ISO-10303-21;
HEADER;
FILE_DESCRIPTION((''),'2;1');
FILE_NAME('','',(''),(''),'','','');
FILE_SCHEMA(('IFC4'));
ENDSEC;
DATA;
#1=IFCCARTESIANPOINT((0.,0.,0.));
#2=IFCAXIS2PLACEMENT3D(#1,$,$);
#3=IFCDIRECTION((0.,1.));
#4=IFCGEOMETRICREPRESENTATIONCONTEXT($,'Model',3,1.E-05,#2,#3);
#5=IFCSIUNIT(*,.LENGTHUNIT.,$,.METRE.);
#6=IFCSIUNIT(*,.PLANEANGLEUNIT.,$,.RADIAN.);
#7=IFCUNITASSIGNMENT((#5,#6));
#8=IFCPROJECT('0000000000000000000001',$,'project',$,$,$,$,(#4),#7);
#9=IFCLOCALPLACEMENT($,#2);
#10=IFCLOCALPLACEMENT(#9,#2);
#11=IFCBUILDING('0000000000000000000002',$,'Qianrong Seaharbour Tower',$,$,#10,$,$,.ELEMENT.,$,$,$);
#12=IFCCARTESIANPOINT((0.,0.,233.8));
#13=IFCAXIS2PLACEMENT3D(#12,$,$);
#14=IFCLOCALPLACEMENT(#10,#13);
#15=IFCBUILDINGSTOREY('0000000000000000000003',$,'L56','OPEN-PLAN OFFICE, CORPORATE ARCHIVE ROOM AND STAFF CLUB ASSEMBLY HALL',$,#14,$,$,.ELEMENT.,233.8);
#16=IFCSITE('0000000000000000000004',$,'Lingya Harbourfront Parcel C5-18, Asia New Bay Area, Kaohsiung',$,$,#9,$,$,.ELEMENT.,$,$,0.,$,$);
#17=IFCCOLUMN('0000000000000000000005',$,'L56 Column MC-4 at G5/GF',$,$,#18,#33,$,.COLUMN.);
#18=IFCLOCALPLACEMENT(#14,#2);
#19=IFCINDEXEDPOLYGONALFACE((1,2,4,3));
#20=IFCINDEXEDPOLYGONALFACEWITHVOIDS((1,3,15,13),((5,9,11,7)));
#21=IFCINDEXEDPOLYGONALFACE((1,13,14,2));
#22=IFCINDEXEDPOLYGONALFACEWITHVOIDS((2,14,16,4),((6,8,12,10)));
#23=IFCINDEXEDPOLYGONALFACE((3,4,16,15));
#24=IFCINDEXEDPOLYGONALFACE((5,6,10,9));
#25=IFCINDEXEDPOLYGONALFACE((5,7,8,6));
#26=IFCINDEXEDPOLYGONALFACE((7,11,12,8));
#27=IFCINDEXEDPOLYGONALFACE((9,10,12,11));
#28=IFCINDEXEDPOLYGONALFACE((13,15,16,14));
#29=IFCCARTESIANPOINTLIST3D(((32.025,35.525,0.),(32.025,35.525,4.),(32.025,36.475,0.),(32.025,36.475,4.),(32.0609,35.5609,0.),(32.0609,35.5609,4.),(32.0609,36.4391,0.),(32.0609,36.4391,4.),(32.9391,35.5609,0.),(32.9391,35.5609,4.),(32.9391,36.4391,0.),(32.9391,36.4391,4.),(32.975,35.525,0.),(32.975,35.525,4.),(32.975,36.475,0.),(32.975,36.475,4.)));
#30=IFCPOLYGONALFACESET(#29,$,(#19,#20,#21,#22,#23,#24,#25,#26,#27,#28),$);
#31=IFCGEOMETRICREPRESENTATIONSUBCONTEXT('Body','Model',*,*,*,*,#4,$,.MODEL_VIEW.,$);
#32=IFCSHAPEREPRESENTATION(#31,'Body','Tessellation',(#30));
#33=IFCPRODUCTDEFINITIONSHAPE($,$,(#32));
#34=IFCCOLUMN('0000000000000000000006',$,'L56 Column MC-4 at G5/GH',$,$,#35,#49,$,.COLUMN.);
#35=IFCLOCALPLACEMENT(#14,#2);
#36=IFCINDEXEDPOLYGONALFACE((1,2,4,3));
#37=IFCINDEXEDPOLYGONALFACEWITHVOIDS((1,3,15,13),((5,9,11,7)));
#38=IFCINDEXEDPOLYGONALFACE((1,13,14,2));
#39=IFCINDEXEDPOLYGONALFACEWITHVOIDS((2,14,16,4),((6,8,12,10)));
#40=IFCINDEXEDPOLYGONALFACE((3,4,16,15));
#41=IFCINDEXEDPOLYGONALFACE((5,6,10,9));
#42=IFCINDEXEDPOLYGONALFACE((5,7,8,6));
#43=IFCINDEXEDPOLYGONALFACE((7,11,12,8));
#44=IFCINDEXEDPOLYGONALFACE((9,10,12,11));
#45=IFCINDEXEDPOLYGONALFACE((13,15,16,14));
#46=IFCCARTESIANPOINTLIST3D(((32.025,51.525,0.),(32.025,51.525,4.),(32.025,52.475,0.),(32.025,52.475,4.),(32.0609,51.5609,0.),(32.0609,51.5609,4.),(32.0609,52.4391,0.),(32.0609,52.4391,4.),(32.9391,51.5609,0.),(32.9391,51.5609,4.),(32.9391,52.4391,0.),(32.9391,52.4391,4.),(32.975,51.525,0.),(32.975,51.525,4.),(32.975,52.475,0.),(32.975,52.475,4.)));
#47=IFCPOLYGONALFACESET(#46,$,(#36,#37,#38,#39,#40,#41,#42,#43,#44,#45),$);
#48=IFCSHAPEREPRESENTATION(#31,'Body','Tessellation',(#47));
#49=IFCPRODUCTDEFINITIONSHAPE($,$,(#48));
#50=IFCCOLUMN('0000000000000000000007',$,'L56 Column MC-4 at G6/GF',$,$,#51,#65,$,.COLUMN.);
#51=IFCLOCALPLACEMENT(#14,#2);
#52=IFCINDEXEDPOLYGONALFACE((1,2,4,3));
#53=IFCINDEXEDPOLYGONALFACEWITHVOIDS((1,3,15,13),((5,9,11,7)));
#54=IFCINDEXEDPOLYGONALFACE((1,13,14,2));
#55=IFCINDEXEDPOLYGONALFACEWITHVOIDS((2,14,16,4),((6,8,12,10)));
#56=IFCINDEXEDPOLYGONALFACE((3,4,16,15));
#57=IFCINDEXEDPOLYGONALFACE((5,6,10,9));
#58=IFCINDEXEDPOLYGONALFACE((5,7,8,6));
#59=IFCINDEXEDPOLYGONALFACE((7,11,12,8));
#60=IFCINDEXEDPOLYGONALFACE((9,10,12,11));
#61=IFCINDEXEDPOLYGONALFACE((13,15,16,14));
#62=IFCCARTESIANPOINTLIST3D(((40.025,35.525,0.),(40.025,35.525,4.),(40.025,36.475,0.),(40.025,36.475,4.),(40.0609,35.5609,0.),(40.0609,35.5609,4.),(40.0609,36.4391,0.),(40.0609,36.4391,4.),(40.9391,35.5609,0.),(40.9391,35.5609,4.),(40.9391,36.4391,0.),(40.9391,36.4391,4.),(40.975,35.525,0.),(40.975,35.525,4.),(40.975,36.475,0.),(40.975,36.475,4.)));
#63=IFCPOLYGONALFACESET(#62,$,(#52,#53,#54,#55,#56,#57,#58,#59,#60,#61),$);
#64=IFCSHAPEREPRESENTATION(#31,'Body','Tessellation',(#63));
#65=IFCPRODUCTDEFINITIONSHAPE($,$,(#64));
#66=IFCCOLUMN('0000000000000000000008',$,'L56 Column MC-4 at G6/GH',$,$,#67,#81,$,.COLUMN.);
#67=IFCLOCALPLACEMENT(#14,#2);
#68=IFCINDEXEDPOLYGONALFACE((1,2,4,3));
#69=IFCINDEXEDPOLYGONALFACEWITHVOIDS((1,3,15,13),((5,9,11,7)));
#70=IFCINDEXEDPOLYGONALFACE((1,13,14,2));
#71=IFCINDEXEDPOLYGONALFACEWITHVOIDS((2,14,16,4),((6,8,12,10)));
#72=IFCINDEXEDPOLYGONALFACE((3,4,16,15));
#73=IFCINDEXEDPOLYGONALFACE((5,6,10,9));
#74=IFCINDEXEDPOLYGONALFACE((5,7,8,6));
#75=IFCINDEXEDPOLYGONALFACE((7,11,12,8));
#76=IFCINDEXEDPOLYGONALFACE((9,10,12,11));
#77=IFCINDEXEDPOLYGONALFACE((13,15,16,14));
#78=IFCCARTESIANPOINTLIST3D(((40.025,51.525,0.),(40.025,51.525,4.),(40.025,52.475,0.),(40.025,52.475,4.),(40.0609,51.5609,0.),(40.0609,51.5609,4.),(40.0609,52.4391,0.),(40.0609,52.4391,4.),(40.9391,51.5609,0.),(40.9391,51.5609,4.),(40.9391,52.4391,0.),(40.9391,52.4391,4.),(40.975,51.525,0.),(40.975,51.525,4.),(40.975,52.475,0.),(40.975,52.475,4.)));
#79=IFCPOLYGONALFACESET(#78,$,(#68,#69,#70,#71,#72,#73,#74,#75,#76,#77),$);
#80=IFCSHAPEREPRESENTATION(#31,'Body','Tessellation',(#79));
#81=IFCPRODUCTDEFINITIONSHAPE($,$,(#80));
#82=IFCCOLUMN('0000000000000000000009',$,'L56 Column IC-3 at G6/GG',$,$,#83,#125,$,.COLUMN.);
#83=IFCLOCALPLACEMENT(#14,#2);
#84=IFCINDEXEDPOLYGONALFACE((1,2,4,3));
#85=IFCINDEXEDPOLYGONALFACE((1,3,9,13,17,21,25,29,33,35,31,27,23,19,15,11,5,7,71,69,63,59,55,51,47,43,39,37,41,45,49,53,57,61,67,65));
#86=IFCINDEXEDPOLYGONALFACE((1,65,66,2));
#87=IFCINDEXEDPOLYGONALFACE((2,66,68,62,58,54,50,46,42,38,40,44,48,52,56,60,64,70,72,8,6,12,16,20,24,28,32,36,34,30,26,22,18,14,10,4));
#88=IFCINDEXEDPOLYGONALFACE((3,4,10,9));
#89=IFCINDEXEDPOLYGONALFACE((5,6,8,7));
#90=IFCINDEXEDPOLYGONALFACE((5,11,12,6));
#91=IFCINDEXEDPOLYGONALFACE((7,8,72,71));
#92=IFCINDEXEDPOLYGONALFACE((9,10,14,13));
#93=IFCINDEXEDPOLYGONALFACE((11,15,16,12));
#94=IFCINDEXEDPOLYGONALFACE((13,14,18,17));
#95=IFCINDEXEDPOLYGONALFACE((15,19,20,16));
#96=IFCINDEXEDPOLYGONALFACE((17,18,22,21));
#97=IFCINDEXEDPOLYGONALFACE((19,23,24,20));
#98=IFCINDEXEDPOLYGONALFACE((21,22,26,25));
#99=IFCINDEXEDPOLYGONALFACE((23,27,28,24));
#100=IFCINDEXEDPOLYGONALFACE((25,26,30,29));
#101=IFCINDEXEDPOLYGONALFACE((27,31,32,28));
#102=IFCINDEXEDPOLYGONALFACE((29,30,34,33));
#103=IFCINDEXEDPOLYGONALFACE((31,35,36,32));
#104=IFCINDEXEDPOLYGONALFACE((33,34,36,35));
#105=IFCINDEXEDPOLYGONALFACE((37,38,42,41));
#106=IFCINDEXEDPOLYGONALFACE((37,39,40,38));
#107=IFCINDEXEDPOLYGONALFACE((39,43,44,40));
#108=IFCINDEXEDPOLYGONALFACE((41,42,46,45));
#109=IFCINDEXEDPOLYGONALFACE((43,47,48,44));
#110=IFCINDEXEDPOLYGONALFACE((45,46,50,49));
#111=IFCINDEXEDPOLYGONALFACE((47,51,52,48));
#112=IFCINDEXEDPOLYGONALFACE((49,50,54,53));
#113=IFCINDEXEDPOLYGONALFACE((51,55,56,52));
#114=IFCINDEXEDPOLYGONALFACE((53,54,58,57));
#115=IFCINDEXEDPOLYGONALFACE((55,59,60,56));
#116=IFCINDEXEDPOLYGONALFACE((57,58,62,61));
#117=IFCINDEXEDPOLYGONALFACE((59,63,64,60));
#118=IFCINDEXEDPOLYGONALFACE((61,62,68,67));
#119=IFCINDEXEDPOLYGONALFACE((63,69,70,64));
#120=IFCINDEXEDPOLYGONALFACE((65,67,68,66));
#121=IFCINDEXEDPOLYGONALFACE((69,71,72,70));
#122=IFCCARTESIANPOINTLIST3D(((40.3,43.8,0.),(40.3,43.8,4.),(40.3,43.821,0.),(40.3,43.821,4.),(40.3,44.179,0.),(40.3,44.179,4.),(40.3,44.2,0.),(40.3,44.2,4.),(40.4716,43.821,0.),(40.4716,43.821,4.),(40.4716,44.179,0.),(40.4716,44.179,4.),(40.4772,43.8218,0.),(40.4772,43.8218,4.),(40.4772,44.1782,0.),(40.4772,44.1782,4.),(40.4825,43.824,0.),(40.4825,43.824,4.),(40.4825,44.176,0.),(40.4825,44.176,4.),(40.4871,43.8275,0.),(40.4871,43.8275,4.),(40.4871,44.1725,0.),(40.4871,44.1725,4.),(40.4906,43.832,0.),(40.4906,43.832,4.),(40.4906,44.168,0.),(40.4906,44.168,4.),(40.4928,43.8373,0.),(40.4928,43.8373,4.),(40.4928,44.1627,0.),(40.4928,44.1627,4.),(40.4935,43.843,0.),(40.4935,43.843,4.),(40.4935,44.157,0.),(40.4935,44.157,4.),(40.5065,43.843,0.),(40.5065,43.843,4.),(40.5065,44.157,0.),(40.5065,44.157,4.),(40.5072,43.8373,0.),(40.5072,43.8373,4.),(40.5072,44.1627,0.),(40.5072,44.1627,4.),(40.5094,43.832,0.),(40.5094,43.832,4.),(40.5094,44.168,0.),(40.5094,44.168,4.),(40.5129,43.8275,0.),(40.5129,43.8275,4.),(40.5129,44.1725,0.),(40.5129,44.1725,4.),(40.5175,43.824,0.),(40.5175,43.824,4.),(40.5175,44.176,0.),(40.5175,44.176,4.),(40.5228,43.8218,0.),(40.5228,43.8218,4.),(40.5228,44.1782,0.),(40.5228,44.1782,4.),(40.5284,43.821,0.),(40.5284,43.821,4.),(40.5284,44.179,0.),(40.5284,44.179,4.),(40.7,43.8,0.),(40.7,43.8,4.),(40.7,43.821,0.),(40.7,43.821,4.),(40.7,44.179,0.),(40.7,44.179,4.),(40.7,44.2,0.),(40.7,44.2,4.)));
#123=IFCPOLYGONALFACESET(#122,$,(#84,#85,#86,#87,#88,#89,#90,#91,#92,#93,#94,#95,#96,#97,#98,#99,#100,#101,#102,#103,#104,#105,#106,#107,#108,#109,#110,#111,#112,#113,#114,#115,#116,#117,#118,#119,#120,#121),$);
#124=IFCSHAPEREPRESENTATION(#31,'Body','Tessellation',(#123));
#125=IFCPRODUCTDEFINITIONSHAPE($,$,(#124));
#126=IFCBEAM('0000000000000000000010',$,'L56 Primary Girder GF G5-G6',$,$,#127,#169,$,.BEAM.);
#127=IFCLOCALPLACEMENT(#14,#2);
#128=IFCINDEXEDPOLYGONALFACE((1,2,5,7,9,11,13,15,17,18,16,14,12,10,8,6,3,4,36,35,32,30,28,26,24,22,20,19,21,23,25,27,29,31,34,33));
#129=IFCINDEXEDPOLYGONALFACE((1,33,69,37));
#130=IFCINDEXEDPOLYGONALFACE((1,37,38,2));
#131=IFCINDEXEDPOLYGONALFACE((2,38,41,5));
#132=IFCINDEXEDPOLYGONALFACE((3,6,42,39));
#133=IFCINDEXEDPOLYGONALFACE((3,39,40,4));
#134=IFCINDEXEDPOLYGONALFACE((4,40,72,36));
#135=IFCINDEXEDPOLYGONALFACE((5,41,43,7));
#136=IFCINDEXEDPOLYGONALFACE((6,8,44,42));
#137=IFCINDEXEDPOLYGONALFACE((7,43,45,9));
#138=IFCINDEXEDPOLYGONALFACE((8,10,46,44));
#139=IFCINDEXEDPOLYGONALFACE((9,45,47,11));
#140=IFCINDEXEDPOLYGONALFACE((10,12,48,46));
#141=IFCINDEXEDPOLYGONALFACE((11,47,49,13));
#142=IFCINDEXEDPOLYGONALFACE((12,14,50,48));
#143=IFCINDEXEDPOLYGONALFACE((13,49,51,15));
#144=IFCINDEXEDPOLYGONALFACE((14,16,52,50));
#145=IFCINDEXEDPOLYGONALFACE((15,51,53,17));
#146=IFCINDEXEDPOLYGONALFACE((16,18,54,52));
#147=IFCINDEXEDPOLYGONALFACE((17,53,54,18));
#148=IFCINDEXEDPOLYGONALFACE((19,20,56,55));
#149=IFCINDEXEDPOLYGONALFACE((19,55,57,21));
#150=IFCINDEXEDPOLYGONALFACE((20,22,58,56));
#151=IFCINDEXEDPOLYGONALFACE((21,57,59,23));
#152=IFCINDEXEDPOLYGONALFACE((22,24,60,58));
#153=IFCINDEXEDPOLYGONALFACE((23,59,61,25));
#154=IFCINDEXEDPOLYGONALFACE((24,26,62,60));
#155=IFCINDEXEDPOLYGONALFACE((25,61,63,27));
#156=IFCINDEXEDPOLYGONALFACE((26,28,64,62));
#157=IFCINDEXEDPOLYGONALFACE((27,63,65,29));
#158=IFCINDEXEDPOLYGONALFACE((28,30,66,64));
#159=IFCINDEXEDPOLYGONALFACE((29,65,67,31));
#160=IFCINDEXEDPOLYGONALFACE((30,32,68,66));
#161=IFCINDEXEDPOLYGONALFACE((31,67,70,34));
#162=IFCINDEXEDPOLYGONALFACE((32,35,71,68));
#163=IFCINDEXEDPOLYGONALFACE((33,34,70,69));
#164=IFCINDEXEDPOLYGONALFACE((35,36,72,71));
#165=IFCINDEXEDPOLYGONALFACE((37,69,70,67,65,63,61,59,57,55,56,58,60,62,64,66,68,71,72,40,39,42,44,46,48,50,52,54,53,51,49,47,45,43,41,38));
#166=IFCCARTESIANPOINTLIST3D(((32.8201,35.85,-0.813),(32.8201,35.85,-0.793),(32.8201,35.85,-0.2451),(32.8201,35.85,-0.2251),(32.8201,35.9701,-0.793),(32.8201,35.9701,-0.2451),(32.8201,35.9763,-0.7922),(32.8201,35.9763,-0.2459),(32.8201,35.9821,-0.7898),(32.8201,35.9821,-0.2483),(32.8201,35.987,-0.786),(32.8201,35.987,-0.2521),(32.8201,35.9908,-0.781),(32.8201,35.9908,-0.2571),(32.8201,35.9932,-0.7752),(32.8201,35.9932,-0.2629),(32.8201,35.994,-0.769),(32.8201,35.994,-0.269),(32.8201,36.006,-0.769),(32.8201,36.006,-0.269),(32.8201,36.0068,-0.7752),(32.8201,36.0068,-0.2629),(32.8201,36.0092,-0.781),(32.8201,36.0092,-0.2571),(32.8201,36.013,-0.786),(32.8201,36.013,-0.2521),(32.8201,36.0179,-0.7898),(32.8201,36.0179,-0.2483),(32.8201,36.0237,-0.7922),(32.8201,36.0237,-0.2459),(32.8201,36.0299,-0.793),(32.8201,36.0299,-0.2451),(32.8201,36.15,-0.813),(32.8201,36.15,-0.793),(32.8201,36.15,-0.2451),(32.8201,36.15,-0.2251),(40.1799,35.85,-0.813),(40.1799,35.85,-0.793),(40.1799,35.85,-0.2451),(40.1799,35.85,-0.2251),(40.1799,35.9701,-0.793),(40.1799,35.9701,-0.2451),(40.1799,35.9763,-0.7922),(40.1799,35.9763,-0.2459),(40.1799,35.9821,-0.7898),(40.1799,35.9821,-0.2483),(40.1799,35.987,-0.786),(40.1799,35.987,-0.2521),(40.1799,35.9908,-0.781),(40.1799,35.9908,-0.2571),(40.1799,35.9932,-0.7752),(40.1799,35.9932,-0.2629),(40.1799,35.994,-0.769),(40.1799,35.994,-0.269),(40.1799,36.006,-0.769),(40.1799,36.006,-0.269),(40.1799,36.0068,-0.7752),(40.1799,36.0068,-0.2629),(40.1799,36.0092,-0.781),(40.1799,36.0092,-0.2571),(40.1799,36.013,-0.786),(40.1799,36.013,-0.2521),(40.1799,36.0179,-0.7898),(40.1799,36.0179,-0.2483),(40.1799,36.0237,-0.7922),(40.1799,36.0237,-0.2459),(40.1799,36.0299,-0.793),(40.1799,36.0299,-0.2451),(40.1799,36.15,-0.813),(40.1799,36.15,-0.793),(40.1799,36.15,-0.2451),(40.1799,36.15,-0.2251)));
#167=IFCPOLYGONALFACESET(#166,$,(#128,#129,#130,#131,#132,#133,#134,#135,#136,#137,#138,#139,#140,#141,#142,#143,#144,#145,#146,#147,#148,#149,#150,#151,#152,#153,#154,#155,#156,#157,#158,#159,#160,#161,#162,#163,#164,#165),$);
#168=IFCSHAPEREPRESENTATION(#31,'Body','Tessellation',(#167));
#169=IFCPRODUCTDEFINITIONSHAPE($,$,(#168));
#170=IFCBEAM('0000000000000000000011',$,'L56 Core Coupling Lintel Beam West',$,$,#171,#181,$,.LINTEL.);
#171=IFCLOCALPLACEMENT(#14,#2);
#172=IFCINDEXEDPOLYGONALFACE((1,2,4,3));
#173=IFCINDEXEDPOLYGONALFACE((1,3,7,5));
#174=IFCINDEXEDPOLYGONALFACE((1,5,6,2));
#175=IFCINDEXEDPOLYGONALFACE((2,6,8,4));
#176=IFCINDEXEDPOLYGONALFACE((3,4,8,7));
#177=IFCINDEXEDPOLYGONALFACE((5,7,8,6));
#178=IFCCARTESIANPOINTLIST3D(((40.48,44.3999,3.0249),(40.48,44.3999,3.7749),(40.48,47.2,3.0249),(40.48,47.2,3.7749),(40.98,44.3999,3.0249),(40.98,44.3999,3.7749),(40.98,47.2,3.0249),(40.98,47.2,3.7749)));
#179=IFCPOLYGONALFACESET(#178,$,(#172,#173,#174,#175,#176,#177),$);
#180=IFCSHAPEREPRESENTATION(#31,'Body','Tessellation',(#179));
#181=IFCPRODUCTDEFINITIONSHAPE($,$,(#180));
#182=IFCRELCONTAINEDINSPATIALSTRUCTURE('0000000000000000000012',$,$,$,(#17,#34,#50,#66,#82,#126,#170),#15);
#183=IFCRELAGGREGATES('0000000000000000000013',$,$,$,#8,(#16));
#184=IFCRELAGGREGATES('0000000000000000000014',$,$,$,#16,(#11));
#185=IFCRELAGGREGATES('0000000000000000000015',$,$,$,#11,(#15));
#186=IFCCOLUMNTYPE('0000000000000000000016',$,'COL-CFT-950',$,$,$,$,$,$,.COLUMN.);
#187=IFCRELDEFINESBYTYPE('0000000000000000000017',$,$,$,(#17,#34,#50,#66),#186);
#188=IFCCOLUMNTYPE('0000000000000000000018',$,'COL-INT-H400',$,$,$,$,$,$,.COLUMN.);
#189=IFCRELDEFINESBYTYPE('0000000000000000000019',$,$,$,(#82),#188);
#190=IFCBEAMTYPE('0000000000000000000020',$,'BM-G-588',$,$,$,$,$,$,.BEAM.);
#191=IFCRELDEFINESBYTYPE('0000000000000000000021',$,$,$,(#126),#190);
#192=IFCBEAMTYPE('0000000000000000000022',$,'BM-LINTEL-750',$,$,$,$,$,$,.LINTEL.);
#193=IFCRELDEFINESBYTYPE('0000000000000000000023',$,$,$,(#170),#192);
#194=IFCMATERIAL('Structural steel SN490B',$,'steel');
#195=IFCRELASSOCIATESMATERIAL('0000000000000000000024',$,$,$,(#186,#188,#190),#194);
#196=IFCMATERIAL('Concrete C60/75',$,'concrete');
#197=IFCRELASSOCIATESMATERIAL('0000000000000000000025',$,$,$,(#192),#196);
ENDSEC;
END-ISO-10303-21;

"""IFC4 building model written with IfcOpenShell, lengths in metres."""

from ifc_helpers import new_model, si_unit, direction, frame, origin, origin_2d, place, context, subcontext, project, spatial, rectangle, hollow_rectangle, i_section, extrude, material, material_profile, profile_set, type_object, element, save


model = new_model("IFC4")

# Units and contexts
model_context = context("Model", 3, precision=1e-05, world=origin(), true_north=direction((0.0, 1.0)))
body_context = subcontext(model_context, "Body", "Model", "MODEL_VIEW")
ifc_project = project(units=[si_unit("LENGTHUNIT", "METRE"), si_unit("PLANEANGLEUNIT", "RADIAN")], contexts=[model_context])

# Site, building, storey
site_placement = place(None, origin())
site = spatial("IfcSite", under=ifc_project, at=site_placement, Name="Lingya Harbourfront Parcel C5-18, Asia New Bay Area, Kaohsiung", CompositionType="ELEMENT", RefElevation=0.0)
building_placement = place(site_placement, origin())
building = spatial("IfcBuilding", under=site, at=building_placement, Name="Qianrong Seaharbour Tower", CompositionType="ELEMENT")
storey_placement = place(building_placement, frame((0.0, 0.0, 233.8)))
storey = spatial("IfcBuildingStorey", under=building, at=storey_placement, Name="L56", Description="OPEN-PLAN OFFICE, CORPORATE ARCHIVE ROOM AND STAFF CLUB ASSEMBLY HALL", CompositionType="ELEMENT", Elevation=233.8)

# Columns
ifc_material_1 = material(Name="Structural steel SN490B", Category="steel")
ifc_material_profile_1 = material_profile(ifc_material_1, hollow_rectangle(XDim=0.95, YDim=0.95, WallThickness=0.0359, at=origin_2d()), Name="BOX950x950x36")
ifc_profile_set_1 = profile_set([ifc_material_profile_1], Name="Structural steel SN490B")
column_type_1 = type_object("IfcColumnType", Name="COL-CFT-950", PredefinedType="COLUMN", material=ifc_profile_set_1)
for number, where, z_axis, x_axis, name in (
    (1, (32.5, 36.0, 0.0), (0.0, 0.0, 1.0), (1.0, 0.0, 0.0), "L56 Column MC-4 at G5/GF"),
    (2, (32.5, 52.0, 0.0), (0.0, 0.0, 1.0), (1.0, 0.0, 0.0), "L56 Column MC-4 at G5/GH"),
    (3, (40.5, 36.0, 0.0), (0.0, 0.0, 1.0), (1.0, 0.0, 0.0), "L56 Column MC-4 at G6/GF"),
    (4, (40.5, 52.0, 0.0), (0.0, 0.0, 1.0), (1.0, 0.0, 0.0), "L56 Column MC-4 at G6/GH"),
):
    element("IfcColumn", number, at=place(storey_placement, frame(where, z_axis=z_axis, x_axis=x_axis)), inside=storey, type_object=column_type_1, Name=name, PredefinedType="COLUMN", context=body_context, shape_type="SweptSolid", body=[
        extrude(hollow_rectangle(XDim=0.95, YDim=0.95, WallThickness=0.0359, at=origin_2d()), origin(), (0.0, 0.0, 1.0), 4.0),
    ])
ifc_material_profile_2 = material_profile(ifc_material_1, i_section(OverallWidth=0.3999, OverallDepth=0.3999, WebThickness=0.0129, FlangeThickness=0.021, FilletRadius=0.022, at=origin_2d()), Name="H400x400x13x21")
ifc_profile_set_2 = profile_set([ifc_material_profile_2], Name="Structural steel SN490B")
column_type_2 = type_object("IfcColumnType", Name="COL-INT-H400", PredefinedType="COLUMN", material=ifc_profile_set_2)
column_placement = place(storey_placement, frame((40.5, 44.0, 0.0), z_axis=(0.0, 0.0, 1.0), x_axis=(1.0, 0.0, 0.0)))
element("IfcColumn", 5, at=column_placement, inside=storey, type_object=column_type_2, Name="L56 Column IC-3 at G6/GG", PredefinedType="COLUMN", context=body_context, shape_type="SweptSolid", body=[
    extrude(i_section(OverallWidth=0.3999, OverallDepth=0.3999, WebThickness=0.0129, FlangeThickness=0.021, FilletRadius=0.022, at=origin_2d()), origin(), (0.0, 0.0, 1.0), 4.0),
])

# Beams
ifc_material_profile_3 = material_profile(ifc_material_1, i_section(OverallWidth=0.3, OverallDepth=0.5879, WebThickness=0.012, FlangeThickness=0.02, FilletRadius=0.0239, at=origin_2d()), Name="H588x300x12x20")
ifc_profile_set_3 = profile_set([ifc_material_profile_3], Name="Structural steel SN490B")
beam_type_1 = type_object("IfcBeamType", Name="BM-G-588", PredefinedType="BEAM", material=ifc_profile_set_3)
beam_1_placement = place(storey_placement, frame((32.8201, 36.0, -0.519), z_axis=(1.0, 0.0, 0.0), x_axis=(0.0, 1.0, 0.0)))
element("IfcBeam", 6, at=beam_1_placement, inside=storey, type_object=beam_type_1, Name="L56 Primary Girder GF G5-G6", PredefinedType="BEAM", context=body_context, shape_type="SweptSolid", body=[
    extrude(i_section(OverallWidth=0.3, OverallDepth=0.5879, WebThickness=0.012, FlangeThickness=0.02, FilletRadius=0.0239, at=origin_2d()), origin(), (0.0, 0.0, 1.0), 7.3599),
])
ifc_material_2 = material(Name="Concrete C60/75", Category="concrete")
ifc_material_profile_4 = material_profile(ifc_material_2, rectangle(XDim=0.5, YDim=0.75, at=origin_2d()), Name="RC500x750")
ifc_profile_set_4 = profile_set([ifc_material_profile_4], Name="Concrete C60/75")
beam_type_2 = type_object("IfcBeamType", Name="BM-LINTEL-750", PredefinedType="LINTEL", material=ifc_profile_set_4)
beam_2_placement = place(storey_placement, frame((40.73, 44.3999, 3.3999), z_axis=(0.0, 1.0, 0.0), x_axis=(-1.0, 0.0, 0.0)))
element("IfcBeam", 7, at=beam_2_placement, inside=storey, type_object=beam_type_2, Name="L56 Core Coupling Lintel Beam West", PredefinedType="LINTEL", context=body_context, shape_type="SweptSolid", body=[
    extrude(rectangle(XDim=0.5, YDim=0.75, at=origin_2d()), origin(), (0.0, 0.0, 1.0), 2.8),
])

save(model, "model.ifc")
